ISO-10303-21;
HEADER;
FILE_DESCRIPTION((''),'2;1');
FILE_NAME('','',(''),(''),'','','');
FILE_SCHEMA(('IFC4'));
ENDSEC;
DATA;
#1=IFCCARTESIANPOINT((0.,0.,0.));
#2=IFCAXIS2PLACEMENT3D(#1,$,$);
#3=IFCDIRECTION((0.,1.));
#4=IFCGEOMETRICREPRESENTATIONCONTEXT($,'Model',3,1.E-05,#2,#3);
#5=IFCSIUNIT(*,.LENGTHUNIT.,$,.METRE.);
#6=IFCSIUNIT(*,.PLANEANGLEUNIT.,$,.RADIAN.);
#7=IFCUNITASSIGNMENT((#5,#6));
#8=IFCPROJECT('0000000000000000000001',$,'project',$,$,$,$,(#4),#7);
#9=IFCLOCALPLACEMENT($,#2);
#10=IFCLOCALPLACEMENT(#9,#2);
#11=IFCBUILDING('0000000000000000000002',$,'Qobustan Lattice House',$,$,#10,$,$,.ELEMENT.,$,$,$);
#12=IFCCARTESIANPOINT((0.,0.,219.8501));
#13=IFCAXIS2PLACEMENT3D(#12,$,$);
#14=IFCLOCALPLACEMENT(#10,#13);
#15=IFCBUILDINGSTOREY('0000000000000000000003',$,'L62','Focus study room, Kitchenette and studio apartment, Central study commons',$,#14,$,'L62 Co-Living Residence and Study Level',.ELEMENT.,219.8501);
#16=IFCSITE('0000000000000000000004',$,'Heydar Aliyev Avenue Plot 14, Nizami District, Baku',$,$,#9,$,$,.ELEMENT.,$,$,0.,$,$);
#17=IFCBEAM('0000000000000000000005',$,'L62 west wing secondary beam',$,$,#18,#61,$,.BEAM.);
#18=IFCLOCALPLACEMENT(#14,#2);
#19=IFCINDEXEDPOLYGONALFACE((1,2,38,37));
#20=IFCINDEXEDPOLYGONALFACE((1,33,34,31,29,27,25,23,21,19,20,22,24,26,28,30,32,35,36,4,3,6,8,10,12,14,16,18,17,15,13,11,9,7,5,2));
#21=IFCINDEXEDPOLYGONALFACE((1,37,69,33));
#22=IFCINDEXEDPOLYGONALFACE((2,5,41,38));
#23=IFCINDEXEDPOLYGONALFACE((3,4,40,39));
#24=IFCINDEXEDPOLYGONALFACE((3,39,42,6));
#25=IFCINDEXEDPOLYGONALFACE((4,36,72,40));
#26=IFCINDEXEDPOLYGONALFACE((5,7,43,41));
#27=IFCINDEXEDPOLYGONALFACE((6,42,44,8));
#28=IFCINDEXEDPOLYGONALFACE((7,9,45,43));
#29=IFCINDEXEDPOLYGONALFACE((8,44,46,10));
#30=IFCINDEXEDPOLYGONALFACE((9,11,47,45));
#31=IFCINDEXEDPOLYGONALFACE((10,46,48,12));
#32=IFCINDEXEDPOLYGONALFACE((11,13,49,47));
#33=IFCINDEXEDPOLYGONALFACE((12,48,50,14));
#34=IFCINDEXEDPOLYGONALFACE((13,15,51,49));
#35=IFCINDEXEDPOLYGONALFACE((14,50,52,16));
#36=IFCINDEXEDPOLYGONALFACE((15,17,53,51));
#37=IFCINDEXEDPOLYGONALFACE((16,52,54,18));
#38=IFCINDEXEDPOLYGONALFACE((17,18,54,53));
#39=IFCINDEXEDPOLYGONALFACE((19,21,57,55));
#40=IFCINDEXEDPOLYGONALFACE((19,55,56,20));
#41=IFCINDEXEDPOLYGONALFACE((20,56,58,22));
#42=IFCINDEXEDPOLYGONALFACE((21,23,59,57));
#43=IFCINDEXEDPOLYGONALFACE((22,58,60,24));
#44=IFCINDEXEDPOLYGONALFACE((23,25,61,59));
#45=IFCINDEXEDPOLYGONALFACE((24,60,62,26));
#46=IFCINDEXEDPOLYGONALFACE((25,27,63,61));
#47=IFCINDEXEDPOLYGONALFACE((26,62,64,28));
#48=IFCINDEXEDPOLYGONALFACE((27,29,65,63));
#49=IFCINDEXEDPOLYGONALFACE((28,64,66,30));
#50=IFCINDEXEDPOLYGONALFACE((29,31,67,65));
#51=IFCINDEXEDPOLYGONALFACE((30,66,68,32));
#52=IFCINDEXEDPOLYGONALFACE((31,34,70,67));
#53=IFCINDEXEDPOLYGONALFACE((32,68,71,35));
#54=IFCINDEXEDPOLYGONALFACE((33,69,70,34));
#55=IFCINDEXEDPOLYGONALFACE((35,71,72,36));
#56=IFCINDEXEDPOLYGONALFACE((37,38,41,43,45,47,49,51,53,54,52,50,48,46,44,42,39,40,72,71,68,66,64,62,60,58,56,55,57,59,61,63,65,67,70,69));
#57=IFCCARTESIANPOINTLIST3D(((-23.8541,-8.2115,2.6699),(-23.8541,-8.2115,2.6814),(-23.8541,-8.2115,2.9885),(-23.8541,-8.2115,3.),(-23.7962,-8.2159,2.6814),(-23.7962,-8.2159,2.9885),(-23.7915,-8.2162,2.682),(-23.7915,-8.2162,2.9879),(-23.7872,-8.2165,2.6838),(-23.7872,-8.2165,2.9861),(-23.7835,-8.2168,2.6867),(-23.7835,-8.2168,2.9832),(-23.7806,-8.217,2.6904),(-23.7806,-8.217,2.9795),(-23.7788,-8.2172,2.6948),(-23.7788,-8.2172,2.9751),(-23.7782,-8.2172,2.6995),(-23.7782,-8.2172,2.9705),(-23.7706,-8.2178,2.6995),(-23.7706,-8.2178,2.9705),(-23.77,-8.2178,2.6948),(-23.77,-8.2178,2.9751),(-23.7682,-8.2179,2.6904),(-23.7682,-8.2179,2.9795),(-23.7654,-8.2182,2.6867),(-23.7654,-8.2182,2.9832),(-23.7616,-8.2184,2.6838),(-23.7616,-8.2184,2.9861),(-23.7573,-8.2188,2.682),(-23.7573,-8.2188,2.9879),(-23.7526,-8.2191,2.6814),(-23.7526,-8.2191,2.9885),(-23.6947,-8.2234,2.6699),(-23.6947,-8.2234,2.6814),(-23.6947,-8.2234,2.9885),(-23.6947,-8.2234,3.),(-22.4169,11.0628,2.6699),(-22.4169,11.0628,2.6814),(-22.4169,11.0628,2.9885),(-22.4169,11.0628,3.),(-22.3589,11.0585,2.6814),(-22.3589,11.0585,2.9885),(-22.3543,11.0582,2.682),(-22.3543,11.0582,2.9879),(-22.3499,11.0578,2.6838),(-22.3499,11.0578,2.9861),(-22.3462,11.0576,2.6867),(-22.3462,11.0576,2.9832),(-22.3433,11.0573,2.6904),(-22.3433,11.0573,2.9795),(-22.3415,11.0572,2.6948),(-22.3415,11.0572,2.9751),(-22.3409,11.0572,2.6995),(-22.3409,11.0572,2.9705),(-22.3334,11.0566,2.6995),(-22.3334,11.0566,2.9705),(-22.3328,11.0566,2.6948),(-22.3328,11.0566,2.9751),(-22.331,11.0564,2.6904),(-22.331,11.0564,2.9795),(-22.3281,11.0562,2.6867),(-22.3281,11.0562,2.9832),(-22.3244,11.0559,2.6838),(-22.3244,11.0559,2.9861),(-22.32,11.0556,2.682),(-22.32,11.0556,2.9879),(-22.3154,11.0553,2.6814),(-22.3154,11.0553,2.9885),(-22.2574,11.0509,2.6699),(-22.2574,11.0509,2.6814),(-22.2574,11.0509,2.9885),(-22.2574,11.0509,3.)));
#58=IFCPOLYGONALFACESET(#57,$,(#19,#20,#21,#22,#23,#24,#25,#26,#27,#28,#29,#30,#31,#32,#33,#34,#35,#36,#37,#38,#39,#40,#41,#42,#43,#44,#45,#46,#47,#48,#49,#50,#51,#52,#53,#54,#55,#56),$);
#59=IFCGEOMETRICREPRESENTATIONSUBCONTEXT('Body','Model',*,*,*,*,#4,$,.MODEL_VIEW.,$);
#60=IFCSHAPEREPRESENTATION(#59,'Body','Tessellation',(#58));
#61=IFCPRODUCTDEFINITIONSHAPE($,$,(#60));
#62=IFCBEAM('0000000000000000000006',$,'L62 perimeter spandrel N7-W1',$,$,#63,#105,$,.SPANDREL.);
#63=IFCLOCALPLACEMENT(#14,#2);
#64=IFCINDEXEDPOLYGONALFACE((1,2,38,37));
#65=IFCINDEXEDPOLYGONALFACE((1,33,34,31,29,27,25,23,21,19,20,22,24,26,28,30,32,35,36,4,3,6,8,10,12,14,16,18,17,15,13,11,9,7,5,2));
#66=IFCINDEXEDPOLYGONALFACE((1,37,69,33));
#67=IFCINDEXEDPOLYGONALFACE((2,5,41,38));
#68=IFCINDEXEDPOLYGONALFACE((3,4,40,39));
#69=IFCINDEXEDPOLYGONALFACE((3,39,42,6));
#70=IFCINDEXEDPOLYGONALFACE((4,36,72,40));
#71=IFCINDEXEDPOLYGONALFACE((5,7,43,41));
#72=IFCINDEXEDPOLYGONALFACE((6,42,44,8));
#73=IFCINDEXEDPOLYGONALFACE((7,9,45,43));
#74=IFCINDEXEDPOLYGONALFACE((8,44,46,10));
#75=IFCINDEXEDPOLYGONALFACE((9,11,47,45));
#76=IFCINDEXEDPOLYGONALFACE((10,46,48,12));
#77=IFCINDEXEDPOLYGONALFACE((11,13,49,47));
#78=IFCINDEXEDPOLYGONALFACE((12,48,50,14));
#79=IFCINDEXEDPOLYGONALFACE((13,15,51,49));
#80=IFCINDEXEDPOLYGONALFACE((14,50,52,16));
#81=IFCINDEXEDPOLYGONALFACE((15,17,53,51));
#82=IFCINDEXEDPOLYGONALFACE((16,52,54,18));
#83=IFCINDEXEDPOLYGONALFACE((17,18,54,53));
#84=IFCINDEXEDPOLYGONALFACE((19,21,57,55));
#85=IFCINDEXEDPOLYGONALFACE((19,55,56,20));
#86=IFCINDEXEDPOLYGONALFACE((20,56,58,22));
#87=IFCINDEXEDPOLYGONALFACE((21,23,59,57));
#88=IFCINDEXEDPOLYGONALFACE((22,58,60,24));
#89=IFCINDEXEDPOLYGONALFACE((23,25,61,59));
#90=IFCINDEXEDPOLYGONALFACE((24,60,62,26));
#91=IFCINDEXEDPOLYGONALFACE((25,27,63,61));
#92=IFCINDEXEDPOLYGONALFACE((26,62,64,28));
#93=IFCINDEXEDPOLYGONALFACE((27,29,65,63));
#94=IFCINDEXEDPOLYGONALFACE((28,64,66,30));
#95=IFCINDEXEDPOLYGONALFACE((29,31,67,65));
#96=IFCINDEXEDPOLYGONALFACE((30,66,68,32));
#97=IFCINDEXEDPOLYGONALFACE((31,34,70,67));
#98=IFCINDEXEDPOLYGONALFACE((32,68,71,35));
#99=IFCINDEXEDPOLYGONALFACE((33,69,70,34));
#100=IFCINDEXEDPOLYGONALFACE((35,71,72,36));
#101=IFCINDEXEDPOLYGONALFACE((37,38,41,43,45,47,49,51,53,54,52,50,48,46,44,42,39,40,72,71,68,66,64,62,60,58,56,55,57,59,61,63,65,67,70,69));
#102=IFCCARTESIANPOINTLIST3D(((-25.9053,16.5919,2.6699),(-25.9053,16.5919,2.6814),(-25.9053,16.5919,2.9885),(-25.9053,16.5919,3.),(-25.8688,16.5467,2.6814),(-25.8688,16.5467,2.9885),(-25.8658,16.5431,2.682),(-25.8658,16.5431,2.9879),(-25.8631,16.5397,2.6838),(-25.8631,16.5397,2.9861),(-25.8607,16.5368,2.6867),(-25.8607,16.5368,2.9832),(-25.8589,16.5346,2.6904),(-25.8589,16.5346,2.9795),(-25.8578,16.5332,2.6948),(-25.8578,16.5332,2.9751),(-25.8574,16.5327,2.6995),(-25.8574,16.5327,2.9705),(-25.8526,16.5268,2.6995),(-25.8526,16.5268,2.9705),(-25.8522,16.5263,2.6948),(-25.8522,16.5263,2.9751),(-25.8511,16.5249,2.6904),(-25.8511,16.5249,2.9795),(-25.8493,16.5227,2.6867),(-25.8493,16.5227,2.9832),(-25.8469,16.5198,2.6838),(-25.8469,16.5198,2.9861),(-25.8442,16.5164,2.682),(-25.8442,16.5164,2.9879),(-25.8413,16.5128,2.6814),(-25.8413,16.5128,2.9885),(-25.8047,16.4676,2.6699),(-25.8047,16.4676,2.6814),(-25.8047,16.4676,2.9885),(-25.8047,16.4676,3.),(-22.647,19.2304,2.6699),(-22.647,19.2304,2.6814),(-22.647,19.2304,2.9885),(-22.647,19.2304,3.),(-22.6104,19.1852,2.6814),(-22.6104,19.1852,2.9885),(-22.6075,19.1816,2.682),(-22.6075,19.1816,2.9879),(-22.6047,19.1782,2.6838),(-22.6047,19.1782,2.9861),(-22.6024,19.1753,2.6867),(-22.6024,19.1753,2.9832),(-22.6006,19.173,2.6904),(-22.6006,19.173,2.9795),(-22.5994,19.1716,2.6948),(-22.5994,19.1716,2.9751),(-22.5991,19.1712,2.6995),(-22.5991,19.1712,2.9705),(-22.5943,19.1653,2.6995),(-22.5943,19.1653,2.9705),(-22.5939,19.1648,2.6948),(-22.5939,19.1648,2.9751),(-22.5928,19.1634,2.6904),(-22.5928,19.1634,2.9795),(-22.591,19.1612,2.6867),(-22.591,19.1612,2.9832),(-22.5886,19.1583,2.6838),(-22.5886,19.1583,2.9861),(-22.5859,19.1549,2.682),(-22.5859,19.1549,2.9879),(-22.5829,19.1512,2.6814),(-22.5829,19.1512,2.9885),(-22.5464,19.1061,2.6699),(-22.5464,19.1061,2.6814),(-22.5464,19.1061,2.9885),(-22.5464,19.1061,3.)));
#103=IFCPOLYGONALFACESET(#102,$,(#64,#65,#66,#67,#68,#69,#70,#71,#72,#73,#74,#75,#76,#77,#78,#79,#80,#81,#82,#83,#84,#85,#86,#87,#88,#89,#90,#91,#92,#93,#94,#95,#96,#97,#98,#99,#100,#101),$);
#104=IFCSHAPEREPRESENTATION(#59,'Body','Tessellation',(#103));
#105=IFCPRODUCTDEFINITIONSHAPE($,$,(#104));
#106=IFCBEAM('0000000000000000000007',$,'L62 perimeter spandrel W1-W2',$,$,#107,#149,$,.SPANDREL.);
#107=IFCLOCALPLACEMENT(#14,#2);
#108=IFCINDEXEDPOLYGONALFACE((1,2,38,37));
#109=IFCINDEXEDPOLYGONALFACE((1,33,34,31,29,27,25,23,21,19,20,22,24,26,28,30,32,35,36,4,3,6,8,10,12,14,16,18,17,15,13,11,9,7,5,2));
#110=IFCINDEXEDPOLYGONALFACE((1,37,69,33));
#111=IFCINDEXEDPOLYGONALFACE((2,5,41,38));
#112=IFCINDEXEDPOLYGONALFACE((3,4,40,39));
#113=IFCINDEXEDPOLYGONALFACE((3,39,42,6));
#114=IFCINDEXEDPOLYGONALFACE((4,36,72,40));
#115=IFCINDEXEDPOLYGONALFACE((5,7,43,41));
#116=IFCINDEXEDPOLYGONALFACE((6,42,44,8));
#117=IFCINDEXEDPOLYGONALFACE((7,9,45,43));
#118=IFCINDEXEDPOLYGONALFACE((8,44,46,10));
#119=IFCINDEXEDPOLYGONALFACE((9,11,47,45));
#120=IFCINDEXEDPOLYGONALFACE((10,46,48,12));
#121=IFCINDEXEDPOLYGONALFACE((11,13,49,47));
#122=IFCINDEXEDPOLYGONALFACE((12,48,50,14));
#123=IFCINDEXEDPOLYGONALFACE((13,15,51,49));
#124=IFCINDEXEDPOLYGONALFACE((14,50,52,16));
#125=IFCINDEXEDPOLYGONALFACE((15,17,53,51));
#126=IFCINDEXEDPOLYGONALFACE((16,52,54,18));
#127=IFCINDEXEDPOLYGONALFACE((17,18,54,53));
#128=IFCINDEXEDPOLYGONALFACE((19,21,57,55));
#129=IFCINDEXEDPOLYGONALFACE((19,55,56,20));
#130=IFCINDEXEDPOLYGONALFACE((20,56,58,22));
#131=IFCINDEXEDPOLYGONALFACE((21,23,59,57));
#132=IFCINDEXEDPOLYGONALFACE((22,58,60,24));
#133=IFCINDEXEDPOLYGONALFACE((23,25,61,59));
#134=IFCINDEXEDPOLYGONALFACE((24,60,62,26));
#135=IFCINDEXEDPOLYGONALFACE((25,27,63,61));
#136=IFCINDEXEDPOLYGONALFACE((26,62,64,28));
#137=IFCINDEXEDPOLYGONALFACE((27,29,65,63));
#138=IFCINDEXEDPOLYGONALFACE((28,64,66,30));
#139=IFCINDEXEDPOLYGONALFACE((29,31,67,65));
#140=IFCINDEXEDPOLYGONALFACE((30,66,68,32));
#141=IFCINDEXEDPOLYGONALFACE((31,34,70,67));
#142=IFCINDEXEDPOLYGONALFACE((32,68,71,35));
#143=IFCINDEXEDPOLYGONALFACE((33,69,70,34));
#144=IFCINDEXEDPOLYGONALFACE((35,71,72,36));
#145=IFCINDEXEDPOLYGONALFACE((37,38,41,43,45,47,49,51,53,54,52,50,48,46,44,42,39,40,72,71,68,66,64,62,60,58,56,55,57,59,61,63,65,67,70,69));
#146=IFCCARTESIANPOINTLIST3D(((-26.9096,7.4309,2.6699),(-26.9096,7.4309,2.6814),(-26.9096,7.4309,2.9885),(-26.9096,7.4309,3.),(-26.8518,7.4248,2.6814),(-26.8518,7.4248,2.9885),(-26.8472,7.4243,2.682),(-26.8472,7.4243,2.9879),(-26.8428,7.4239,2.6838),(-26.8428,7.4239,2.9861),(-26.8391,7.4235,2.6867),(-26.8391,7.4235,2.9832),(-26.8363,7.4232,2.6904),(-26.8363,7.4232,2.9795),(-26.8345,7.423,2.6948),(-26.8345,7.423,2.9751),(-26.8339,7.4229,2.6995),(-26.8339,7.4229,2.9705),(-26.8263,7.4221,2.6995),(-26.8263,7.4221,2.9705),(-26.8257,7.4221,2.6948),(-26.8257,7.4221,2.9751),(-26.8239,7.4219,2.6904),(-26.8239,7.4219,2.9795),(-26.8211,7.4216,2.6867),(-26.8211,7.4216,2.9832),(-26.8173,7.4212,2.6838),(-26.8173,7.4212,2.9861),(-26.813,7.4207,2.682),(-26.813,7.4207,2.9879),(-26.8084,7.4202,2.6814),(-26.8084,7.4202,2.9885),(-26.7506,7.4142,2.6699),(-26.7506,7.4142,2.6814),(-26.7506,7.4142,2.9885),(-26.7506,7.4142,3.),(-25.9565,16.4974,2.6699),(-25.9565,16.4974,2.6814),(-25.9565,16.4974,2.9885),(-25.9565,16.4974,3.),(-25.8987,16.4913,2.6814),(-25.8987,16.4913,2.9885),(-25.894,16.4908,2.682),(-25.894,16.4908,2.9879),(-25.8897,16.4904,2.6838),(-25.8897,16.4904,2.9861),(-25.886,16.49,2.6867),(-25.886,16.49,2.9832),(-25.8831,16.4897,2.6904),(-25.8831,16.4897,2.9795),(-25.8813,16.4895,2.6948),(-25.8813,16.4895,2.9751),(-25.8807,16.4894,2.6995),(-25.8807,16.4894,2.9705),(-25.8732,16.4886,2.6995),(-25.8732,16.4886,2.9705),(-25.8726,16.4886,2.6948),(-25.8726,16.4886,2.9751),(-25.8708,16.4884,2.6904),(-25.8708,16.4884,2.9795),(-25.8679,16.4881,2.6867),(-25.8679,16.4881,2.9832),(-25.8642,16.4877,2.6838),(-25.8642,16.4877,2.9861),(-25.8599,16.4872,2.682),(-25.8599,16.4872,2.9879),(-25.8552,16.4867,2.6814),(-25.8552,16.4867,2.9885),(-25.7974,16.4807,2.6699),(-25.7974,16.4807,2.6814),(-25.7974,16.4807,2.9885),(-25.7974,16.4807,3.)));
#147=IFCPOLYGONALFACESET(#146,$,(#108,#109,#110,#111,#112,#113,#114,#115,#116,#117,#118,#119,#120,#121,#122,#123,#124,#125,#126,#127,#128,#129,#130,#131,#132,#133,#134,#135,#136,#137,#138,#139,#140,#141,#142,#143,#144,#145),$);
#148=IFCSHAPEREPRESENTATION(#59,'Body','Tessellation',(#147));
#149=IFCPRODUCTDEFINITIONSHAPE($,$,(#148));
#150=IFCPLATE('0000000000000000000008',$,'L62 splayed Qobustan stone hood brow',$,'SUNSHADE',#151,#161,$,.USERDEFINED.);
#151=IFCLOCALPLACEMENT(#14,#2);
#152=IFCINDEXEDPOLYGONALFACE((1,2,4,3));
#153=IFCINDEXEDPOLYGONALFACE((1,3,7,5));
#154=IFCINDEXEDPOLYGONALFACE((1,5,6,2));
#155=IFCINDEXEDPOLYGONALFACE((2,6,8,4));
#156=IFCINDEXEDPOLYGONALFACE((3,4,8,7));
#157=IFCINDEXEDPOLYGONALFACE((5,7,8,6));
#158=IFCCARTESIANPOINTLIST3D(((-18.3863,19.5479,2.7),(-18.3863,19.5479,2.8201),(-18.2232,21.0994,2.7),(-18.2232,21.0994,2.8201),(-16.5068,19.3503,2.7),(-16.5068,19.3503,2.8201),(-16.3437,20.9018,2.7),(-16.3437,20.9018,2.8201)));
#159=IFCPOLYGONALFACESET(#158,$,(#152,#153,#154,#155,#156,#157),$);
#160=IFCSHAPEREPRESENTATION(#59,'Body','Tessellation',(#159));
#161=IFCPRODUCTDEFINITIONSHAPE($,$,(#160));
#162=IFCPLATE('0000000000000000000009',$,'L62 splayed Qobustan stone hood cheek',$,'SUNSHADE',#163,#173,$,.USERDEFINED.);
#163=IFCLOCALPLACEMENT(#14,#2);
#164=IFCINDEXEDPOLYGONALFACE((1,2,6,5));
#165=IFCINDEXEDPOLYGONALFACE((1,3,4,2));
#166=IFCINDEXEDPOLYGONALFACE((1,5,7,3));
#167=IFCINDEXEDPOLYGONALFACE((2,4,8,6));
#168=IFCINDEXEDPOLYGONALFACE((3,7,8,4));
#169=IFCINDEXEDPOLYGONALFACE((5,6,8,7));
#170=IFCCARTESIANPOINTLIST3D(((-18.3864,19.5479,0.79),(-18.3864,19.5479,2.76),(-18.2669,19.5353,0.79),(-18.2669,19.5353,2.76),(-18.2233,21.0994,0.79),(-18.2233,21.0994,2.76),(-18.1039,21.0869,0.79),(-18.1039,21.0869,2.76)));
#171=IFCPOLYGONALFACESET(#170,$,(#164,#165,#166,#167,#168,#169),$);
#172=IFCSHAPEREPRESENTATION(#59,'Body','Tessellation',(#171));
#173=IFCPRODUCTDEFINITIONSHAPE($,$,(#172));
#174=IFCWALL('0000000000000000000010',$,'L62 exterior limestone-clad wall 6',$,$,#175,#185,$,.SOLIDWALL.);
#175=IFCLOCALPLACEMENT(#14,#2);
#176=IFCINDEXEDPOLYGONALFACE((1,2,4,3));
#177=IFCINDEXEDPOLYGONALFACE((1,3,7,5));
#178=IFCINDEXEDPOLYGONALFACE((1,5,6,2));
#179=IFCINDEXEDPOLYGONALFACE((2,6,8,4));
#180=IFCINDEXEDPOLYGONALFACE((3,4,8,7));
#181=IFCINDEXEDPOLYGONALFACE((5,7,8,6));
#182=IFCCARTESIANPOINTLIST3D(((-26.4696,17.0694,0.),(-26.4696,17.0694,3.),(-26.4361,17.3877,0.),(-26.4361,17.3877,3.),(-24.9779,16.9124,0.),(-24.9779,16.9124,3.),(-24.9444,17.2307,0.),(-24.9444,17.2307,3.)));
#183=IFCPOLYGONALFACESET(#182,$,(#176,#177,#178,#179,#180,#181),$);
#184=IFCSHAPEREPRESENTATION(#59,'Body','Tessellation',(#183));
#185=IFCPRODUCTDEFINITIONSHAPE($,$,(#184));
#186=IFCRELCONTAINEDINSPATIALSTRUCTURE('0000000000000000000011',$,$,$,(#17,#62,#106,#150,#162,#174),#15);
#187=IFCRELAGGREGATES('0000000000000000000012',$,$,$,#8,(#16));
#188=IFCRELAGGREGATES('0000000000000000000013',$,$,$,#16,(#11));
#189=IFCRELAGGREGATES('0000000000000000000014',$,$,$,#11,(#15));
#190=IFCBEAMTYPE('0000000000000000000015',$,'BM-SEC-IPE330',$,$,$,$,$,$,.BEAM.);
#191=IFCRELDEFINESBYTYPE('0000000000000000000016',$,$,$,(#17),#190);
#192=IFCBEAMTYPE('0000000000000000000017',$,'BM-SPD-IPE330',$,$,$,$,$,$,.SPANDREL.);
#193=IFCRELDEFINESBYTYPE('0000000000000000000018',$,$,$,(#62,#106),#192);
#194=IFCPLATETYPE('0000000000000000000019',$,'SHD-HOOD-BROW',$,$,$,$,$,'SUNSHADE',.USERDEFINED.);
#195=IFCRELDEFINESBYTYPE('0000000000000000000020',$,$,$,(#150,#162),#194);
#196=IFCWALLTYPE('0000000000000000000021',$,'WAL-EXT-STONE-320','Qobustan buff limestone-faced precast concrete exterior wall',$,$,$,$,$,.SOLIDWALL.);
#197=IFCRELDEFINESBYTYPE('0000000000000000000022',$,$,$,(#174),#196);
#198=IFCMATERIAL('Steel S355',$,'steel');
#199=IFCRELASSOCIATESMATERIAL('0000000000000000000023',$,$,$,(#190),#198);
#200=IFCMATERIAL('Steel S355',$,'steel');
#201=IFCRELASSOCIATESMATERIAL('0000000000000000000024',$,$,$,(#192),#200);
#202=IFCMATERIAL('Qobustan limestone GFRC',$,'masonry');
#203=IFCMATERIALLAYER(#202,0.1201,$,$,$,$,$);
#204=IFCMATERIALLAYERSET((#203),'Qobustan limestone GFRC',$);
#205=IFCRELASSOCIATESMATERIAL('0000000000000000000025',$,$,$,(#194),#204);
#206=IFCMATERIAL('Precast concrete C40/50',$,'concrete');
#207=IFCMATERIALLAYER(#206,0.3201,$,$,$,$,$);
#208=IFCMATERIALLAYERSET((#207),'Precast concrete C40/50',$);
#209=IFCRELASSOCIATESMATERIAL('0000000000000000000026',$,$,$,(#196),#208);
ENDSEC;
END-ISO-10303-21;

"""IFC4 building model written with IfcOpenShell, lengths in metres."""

from ifc_helpers import new_model, si_unit, direction, frame, frame_2d, origin, origin_2d, place, context, subcontext, project, spatial, rectangle, i_section, extrude, material, layer, layer_set, material_profile, profile_set, type_object, element, save


model = new_model("IFC4")

# Units and contexts
model_context = context("Model", 3, precision=1e-05, world=origin(), true_north=direction((0.0, 1.0)))
body_context = subcontext(model_context, "Body", "Model", "MODEL_VIEW")
ifc_project = project(units=[si_unit("LENGTHUNIT", "METRE"), si_unit("PLANEANGLEUNIT", "RADIAN")], contexts=[model_context])

# Site, building, storey
site_placement = place(None, origin())
site = spatial("IfcSite", under=ifc_project, at=site_placement, Name="Heydar Aliyev Avenue Plot 14, Nizami District, Baku", CompositionType="ELEMENT", RefElevation=0.0)
building_placement = place(site_placement, origin())
building = spatial("IfcBuilding", under=site, at=building_placement, Name="Qobustan Lattice House", CompositionType="ELEMENT")
storey_placement = place(building_placement, frame((0.0, 0.0, 219.8501)))
storey = spatial("IfcBuildingStorey", under=building, at=storey_placement, Name="L62", Description="Focus study room, Kitchenette and studio apartment, Central study commons", LongName="L62 Co-Living Residence and Study Level", CompositionType="ELEMENT", Elevation=219.8501)

# Beams
ifc_material_1 = material(Name="Steel S355", Category="steel")
ifc_material_profile_1 = material_profile(ifc_material_1, i_section(OverallWidth=0.1599, OverallDepth=0.3301, WebThickness=0.0076, FlangeThickness=0.0115, FilletRadius=0.0181, at=origin_2d()), Name="IPE330")
ifc_profile_set_1 = profile_set([ifc_material_profile_1], Name="Steel S355")
beam_type_1 = type_object("IfcBeamType", Name="BM-SEC-IPE330", PredefinedType="BEAM", material=ifc_profile_set_1)
beam_1_placement = place(storey_placement, frame((-22.3372, 11.0569, 2.835), z_axis=(-0.074362, -0.997231, 0.0), x_axis=(0.997231, -0.074362, 0.0)))
element("IfcBeam", 1, at=beam_1_placement, inside=storey, type_object=beam_type_1, Name="L62 west wing secondary beam", PredefinedType="BEAM", context=body_context, shape_type="SweptSolid", body=[
    extrude(i_section(OverallWidth=0.1599, OverallDepth=0.3301, WebThickness=0.0076, FlangeThickness=0.0115, FilletRadius=0.0181, at=origin_2d()), origin(), (0.0, 0.0, 1.0), 19.3279),
])
ifc_material_2 = material(Name="Steel S355", Category="steel")
ifc_material_profile_2 = material_profile(ifc_material_2, i_section(OverallWidth=0.1599, OverallDepth=0.3301, WebThickness=0.0076, FlangeThickness=0.0115, FilletRadius=0.0181, at=origin_2d()), Name="IPE330")
ifc_profile_set_2 = profile_set([ifc_material_profile_2], Name="Steel S355")
beam_type_2 = type_object("IfcBeamType", Name="BM-SPD-IPE330", PredefinedType="SPANDREL", material=ifc_profile_set_2)
beam_2_placement = place(storey_placement, frame((-22.5967, 19.1682, 2.835), z_axis=(-0.777157, -0.629307, 0.0), x_axis=(0.629307, -0.777157, 0.0)))
element("IfcBeam", 2, at=beam_2_placement, inside=storey, type_object=beam_type_2, Name="L62 perimeter spandrel N7-W1", PredefinedType="SPANDREL", context=body_context, shape_type="SweptSolid", body=[
    extrude(i_section(OverallWidth=0.1599, OverallDepth=0.3301, WebThickness=0.0076, FlangeThickness=0.0115, FilletRadius=0.0181, at=origin_2d()), origin(), (0.0, 0.0, 1.0), 4.1926),
])
beam_3_placement = place(storey_placement, frame((-25.877, 16.489, 2.835), z_axis=(-0.104551, -0.99452, 0.0), x_axis=(0.99452, -0.104551, 0.0)))
element("IfcBeam", 3, at=beam_3_placement, inside=storey, type_object=beam_type_2, Name="L62 perimeter spandrel W1-W2", PredefinedType="SPANDREL", context=body_context, shape_type="SweptSolid", body=[
    extrude(i_section(OverallWidth=0.1599, OverallDepth=0.3301, WebThickness=0.0076, FlangeThickness=0.0115, FilletRadius=0.0181, at=origin_2d()), origin(), (0.0, 0.0, 1.0), 9.1165),
])

# Plates
ifc_material_3 = material(Name="Qobustan limestone GFRC", Category="masonry")
ifc_layer_1 = layer(ifc_material_3, 0.1201)
ifc_layer_set_1 = layer_set([ifc_layer_1], Name="Qobustan limestone GFRC")
plate_type = type_object("IfcPlateType", Name="SHD-HOOD-BROW", ElementType="SUNSHADE", PredefinedType="USERDEFINED", material=ifc_layer_set_1)
plate_1_placement = place(storey_placement, frame((-17.365, 20.2249, 2.7), z_axis=(0.0, 0.0, 1.0), x_axis=(0.994522, -0.104528, 0.0)))
element("IfcPlate", 4, at=plate_1_placement, inside=storey, type_object=plate_type, Name="L62 splayed Qobustan stone hood brow", ObjectType="SUNSHADE", PredefinedType="USERDEFINED", context=body_context, shape_type="SweptSolid", body=[
    extrude(rectangle(XDim=1.8899, YDim=1.5601, at=origin_2d()), origin(), (0.0, 0.0, 1.0), 0.1201),
])
plate_2_placement = place(storey_placement, frame((-18.2451, 20.3174, 0.79), z_axis=(0.0, 0.0, 1.0), x_axis=(0.994522, -0.104528, 0.0)))
element("IfcPlate", 5, at=plate_2_placement, inside=storey, type_object=plate_type, Name="L62 splayed Qobustan stone hood cheek", ObjectType="SUNSHADE", PredefinedType="USERDEFINED", context=body_context, shape_type="SweptSolid", body=[
    extrude(rectangle(XDim=0.1201, YDim=1.5601, at=origin_2d()), origin(), (0.0, 0.0, 1.0), 1.97),
])

# Wall
ifc_material_4 = material(Name="Precast concrete C40/50", Category="concrete")
ifc_layer_2 = layer(ifc_material_4, 0.3201)
ifc_layer_set_2 = layer_set([ifc_layer_2], Name="Precast concrete C40/50")
wall_type_1 = type_object("IfcWallType", Name="WAL-EXT-STONE-320", Description="Qobustan buff limestone-faced precast concrete exterior wall", PredefinedType="SOLIDWALL", material=ifc_layer_set_2)
wall_1_placement = place(storey_placement, frame((-26.4529, 17.2285, 0.0), z_axis=(0.0, 0.0, 1.0), x_axis=(0.994508, -0.104659, 0.0)))
element("IfcWall", 6, at=wall_1_placement, inside=storey, type_object=wall_type_1, Name="L62 exterior limestone-clad wall 6", PredefinedType="SOLIDWALL", context=body_context, shape_type="SweptSolid", body=[
    extrude(rectangle(XDim=1.5, YDim=0.3201, at=frame_2d((0.75, 0.0))), origin(), (0.0, 0.0, 1.0), 3.0),
])

save(model, "model.ifc")
